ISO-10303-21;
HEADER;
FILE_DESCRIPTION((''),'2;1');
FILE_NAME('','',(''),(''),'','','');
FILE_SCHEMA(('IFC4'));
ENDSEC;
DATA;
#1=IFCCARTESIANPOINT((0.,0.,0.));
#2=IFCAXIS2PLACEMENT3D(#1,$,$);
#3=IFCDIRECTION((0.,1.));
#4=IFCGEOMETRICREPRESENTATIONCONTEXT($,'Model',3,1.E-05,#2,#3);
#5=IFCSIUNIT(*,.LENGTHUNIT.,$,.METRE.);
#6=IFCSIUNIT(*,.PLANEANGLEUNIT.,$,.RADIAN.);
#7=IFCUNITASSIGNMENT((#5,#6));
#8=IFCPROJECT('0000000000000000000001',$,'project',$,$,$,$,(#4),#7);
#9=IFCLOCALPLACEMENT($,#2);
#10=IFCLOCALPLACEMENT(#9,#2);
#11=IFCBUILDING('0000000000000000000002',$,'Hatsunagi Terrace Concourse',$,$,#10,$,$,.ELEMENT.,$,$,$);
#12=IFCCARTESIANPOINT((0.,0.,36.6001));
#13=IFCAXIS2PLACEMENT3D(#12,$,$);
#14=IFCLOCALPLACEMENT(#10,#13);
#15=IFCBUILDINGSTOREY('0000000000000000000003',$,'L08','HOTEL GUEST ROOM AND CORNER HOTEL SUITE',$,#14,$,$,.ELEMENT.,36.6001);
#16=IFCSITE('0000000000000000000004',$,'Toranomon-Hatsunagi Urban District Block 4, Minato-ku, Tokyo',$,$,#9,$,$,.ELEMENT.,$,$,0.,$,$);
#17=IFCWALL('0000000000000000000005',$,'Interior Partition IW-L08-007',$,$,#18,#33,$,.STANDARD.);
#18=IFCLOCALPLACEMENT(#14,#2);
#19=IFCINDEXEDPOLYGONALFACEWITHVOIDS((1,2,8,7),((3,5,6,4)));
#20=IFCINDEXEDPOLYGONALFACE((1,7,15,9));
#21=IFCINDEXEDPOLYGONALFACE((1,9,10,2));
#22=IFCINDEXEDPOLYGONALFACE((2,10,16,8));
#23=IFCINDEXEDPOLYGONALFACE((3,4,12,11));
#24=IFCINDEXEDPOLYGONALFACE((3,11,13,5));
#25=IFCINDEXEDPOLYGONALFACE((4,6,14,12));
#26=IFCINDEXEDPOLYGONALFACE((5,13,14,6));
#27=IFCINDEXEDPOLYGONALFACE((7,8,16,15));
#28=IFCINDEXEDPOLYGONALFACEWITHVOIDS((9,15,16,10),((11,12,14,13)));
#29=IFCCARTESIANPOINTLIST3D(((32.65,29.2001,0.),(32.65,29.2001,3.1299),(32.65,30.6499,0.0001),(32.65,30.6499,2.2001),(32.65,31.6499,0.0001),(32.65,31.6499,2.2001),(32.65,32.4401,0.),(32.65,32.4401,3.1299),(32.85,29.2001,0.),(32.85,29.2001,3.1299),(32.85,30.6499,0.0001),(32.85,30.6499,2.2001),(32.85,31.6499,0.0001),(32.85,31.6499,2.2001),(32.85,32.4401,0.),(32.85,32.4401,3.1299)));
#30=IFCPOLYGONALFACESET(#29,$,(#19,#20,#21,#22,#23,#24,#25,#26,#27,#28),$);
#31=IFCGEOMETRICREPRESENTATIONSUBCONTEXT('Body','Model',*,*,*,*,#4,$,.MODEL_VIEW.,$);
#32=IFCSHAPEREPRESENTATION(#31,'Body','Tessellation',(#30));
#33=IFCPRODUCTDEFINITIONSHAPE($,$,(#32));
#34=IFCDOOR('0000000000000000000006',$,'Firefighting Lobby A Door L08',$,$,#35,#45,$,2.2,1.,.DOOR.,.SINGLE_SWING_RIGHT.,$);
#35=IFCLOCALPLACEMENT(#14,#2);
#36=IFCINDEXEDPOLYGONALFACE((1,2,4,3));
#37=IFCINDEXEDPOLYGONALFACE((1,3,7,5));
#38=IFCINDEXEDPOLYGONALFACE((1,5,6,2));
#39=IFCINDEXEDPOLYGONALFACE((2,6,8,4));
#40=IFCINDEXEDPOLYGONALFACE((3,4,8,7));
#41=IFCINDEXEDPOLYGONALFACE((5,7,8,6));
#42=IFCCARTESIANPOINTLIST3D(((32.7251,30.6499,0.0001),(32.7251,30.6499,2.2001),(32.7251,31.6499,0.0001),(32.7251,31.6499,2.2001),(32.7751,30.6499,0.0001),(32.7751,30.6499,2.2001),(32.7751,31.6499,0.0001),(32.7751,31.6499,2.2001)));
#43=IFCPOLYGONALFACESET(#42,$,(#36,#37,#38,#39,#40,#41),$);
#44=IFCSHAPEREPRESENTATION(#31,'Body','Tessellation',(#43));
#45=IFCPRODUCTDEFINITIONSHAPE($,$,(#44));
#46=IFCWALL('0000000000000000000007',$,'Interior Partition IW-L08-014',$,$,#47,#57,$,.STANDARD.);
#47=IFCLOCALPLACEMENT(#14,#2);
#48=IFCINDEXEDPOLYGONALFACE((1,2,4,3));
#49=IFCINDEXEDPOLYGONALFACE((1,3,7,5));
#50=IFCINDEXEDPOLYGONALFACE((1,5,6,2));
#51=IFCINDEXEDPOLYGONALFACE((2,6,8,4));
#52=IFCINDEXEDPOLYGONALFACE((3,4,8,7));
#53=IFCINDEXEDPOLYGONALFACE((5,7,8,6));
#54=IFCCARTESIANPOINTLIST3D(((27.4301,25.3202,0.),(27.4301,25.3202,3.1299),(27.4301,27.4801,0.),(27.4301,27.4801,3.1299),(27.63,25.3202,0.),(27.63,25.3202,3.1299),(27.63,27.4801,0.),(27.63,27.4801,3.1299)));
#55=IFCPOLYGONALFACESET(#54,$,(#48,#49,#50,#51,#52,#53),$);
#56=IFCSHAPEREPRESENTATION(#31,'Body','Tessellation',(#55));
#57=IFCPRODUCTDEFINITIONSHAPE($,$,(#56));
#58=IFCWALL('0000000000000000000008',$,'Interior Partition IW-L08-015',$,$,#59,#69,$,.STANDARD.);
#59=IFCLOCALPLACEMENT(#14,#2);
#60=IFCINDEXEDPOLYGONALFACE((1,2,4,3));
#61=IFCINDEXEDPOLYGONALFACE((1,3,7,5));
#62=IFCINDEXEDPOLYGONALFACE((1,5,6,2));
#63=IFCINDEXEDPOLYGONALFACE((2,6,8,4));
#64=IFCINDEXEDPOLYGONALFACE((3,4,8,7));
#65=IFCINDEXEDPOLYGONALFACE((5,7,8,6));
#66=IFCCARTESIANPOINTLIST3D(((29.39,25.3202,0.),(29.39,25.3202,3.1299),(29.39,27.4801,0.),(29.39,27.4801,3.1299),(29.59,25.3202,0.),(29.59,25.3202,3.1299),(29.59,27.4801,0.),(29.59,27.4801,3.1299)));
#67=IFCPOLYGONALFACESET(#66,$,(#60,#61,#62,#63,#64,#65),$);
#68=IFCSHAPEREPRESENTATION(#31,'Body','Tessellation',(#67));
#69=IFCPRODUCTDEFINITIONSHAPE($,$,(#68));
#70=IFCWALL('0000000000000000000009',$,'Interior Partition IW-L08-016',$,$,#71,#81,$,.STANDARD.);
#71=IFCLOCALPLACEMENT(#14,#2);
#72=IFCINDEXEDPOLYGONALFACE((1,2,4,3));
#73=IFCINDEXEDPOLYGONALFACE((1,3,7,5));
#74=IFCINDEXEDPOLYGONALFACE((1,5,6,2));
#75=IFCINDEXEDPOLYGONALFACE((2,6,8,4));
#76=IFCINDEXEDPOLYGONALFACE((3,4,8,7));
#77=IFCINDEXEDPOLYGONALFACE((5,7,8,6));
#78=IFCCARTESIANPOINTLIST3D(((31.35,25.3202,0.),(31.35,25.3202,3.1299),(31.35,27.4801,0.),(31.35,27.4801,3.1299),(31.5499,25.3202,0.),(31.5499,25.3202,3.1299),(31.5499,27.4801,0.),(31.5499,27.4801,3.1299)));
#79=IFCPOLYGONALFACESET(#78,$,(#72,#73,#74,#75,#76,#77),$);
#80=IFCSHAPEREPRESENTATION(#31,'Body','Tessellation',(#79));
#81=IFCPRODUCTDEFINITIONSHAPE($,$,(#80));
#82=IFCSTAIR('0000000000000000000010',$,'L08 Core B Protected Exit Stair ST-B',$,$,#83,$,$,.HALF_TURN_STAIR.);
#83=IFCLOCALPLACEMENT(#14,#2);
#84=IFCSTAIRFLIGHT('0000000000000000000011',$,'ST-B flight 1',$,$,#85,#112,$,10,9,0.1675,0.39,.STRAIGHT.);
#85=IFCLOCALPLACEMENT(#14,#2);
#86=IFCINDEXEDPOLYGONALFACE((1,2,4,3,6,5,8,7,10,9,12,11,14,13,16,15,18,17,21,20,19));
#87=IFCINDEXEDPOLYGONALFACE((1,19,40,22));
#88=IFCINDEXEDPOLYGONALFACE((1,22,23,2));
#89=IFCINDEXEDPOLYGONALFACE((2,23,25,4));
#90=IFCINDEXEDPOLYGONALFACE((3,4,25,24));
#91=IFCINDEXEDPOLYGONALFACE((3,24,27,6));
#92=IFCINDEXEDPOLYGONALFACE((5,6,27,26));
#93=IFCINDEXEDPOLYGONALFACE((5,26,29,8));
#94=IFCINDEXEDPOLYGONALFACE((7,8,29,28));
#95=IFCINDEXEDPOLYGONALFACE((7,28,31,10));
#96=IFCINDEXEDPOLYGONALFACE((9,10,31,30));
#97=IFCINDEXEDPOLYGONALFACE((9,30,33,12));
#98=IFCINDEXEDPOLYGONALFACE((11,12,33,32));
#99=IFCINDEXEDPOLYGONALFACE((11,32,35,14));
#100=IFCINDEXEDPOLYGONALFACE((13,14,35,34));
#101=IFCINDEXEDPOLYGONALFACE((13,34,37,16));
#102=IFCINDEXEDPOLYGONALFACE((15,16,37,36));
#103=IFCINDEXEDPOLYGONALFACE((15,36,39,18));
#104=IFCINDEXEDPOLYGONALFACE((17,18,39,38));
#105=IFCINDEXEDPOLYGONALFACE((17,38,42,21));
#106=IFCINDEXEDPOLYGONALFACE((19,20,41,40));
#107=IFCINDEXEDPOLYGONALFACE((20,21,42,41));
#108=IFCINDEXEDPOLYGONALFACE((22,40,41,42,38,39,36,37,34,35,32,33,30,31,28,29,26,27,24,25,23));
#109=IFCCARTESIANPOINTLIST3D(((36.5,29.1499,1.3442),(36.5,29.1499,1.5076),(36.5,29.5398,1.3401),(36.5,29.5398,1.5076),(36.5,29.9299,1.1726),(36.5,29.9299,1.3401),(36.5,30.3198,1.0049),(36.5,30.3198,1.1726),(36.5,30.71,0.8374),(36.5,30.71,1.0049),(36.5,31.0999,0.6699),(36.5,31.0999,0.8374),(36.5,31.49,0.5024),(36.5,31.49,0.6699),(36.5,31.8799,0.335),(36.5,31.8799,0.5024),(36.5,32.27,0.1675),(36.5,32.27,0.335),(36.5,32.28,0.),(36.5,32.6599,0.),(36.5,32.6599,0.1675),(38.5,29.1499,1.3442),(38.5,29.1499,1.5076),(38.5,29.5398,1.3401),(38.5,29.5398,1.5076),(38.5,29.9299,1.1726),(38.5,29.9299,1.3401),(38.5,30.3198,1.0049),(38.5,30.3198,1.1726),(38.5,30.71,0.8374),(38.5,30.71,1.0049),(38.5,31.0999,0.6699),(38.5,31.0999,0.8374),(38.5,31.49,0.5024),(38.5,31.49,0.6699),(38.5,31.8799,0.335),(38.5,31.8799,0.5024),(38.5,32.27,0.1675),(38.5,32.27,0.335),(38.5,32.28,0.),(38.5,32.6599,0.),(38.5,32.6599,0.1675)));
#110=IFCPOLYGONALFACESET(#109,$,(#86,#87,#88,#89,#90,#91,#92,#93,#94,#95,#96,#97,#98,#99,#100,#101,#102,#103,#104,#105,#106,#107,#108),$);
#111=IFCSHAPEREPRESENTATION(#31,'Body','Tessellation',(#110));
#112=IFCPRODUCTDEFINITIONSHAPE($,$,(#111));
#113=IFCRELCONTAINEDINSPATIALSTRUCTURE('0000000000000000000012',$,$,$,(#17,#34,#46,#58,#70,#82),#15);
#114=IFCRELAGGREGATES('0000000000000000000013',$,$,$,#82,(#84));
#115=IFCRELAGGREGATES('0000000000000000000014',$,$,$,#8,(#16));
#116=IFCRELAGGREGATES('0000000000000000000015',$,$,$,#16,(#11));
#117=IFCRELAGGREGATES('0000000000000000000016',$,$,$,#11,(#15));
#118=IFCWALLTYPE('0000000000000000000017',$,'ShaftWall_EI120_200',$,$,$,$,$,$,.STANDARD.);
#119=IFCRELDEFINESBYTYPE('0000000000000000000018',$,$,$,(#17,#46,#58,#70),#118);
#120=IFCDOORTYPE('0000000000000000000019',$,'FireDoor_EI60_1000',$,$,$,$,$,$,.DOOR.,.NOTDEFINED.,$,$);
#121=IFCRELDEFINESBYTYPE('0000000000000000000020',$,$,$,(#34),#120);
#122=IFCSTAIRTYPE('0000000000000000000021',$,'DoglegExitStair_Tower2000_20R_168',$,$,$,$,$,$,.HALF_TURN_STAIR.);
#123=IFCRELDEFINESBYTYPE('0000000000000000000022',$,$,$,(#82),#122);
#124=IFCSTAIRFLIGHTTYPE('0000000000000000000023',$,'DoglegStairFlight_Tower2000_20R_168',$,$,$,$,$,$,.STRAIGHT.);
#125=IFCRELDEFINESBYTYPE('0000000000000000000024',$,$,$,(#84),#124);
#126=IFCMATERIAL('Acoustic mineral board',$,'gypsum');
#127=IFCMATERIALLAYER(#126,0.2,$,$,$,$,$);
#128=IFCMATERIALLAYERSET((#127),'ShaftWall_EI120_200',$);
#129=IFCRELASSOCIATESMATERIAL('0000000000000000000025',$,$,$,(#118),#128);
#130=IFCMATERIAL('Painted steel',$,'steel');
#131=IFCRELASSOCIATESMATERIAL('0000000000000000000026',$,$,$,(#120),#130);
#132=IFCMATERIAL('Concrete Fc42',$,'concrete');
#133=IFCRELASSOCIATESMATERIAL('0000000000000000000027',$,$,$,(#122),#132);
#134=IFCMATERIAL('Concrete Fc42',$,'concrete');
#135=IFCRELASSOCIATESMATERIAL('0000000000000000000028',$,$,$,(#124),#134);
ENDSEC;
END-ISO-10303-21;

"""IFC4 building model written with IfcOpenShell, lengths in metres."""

from ifc_helpers import new_model, si_unit, direction, frame, frame_2d, origin, place, context, subcontext, project, spatial, polyline, rectangle, outline, extrude, material, layer, layer_set, type_object, element, fill, aggregate, save


model = new_model("IFC4")

# Units and contexts
model_context = context("Model", 3, precision=1e-05, world=origin(), true_north=direction((0.0, 1.0)))
body_context = subcontext(model_context, "Body", "Model", "MODEL_VIEW")
ifc_project = project(units=[si_unit("LENGTHUNIT", "METRE"), si_unit("PLANEANGLEUNIT", "RADIAN")], contexts=[model_context])

# Site, building, storey
site_placement = place(None, origin())
site = spatial("IfcSite", under=ifc_project, at=site_placement, Name="Toranomon-Hatsunagi Urban District Block 4, Minato-ku, Tokyo", CompositionType="ELEMENT", RefElevation=0.0)
building_placement = place(site_placement, origin())
building = spatial("IfcBuilding", under=site, at=building_placement, Name="Hatsunagi Terrace Concourse", CompositionType="ELEMENT")
storey_placement = place(building_placement, frame((0.0, 0.0, 36.6001)))
storey = spatial("IfcBuildingStorey", under=building, at=storey_placement, Name="L08", Description="HOTEL GUEST ROOM AND CORNER HOTEL SUITE", CompositionType="ELEMENT", Elevation=36.6001)

# Shared definitions
ifc_material_1 = material(Name="Acoustic mineral board", Category="gypsum")
ifc_layer_1 = layer(ifc_material_1, 0.2)
ifc_layer_set_1 = layer_set([ifc_layer_1], Name="ShaftWall_EI120_200")
wall_type_1 = type_object("IfcWallType", Name="ShaftWall_EI120_200", PredefinedType="STANDARD", material=ifc_layer_set_1)

# Wall, opening, door
wall_1_placement = place(storey_placement, frame((32.75, 29.2, 0.0), z_axis=(0.0, 0.0, 1.0), x_axis=(0.0, 1.0, 0.0)))
wall_1 = element("IfcWall", 1, at=wall_1_placement, inside=storey, type_object=wall_type_1, Name="Interior Partition IW-L08-007", PredefinedType="STANDARD", context=body_context, shape_type="SweptSolid", body=[
    extrude(rectangle(XDim=3.24, YDim=0.2, at=frame_2d((1.6201, 0.0))), origin(), (0.0, 0.0, 1.0), 3.1299),
])
opening_1_placement = place(wall_1_placement, frame((1.45, 0.0, 0.0)))
opening_1 = element("IfcOpeningElement", 2, at=opening_1_placement, cuts=wall_1, PredefinedType="OPENING", context=body_context, shape_type="SweptSolid", body=[
    extrude(rectangle(XDim=1.0, YDim=2.2, at=frame_2d((0.5, 1.1001))), frame((0.0, 0.1099, 0.0), z_axis=(0.0, -1.0, 0.0), x_axis=(1.0, 0.0, 0.0)), (0.0, 0.0, 1.0), 0.22),
])
ifc_material_2 = material(Name="Painted steel", Category="steel")
door_type_1 = type_object("IfcDoorType", Name="FireDoor_EI60_1000", OperationType="NOTDEFINED", PredefinedType="DOOR", material=ifc_material_2)
door_1_placement = place(opening_1_placement, origin())
door_1 = element("IfcDoor", 3, at=door_1_placement, inside=storey, type_object=door_type_1, Name="Firefighting Lobby A Door L08", OperationType="SINGLE_SWING_RIGHT", OverallHeight=2.2, OverallWidth=1.0, PredefinedType="DOOR", context=body_context, shape_type="SweptSolid", body=[
    extrude(rectangle(XDim=1.0, YDim=2.2, at=frame_2d((0.5, 1.1001))), frame((0.0, 0.0249, 0.0), z_axis=(0.0, -1.0, 0.0), x_axis=(1.0, 0.0, 0.0)), (0.0, 0.0, 1.0), 0.05),
])
fill(opening_1, door_1)

# Walls
for number, where, z_axis, x_axis, name in (
    (4, (27.53, 25.3201, 0.0), (0.0, 0.0, 1.0), (0.0, 1.0, 0.0), "Interior Partition IW-L08-014"),
    (5, (29.49, 25.3201, 0.0), (0.0, 0.0, 1.0), (0.0, 1.0, 0.0), "Interior Partition IW-L08-015"),
    (6, (31.45, 25.3201, 0.0), (0.0, 0.0, 1.0), (0.0, 1.0, 0.0), "Interior Partition IW-L08-016"),
):
    element("IfcWall", number, at=place(storey_placement, frame(where, z_axis=z_axis, x_axis=x_axis)), inside=storey, type_object=wall_type_1, Name=name, PredefinedType="STANDARD", context=body_context, shape_type="SweptSolid", body=[
        extrude(rectangle(XDim=2.1599, YDim=0.2, at=frame_2d((1.0801, 0.0))), origin(), (0.0, 0.0, 1.0), 3.1299),
    ])

# Stair, stair flight
ifc_material_3 = material(Name="Concrete Fc42", Category="concrete")
stair_type = type_object("IfcStairType", Name="DoglegExitStair_Tower2000_20R_168", PredefinedType="HALF_TURN_STAIR", material=ifc_material_3)
stair_placement = place(storey_placement, origin())
stair = element("IfcStair", 7, at=stair_placement, inside=storey, type_object=stair_type, Name="L08 Core B Protected Exit Stair ST-B", PredefinedType="HALF_TURN_STAIR")
ifc_material_4 = material(Name="Concrete Fc42", Category="concrete")
stair_flight_type = type_object("IfcStairFlightType", Name="DoglegStairFlight_Tower2000_20R_168", PredefinedType="STRAIGHT", material=ifc_material_4)
stair_flight_placement = place(storey_placement, frame((37.5, 32.6599, 0.0), z_axis=(0.0, 0.0, 1.0), x_axis=(0.0, -1.0, 0.0)))
stair_flight = element("IfcStairFlight", 8, at=stair_flight_placement, type_object=stair_flight_type, Name="ST-B flight 1", NumberOfRisers=10, NumberOfTreads=9, PredefinedType="STRAIGHT", RiserHeight=0.1675, TreadLength=0.39, context=body_context, shape_type="SweptSolid", body=[
    extrude(outline(polyline([(0.0, 0.0), (0.0, 0.1675), (0.3899, 0.1675), (0.3899, 0.335), (0.78, 0.335), (0.78, 0.5024), (1.1699, 0.5024), (1.1699, 0.6699), (1.5601, 0.6699), (1.5601, 0.8374), (1.95, 0.8374), (1.95, 1.0049), (2.3401, 1.0049), (2.3401, 1.1726), (2.73, 1.1726), (2.73, 1.3401), (3.1201, 1.3401), (3.1201, 1.5076), (3.51, 1.5076), (3.51, 1.675), (3.51, 1.3442), (0.3799, 0.0), (0.0, 0.0)])), frame((0.0, 1.0, 0.0), z_axis=(0.0, -1.0, 0.0), x_axis=(1.0, 0.0, 0.0)), (0.0, 0.0, 1.0), 2.0),
])
aggregate(stair, [stair_flight])

save(model, "model.ifc")
